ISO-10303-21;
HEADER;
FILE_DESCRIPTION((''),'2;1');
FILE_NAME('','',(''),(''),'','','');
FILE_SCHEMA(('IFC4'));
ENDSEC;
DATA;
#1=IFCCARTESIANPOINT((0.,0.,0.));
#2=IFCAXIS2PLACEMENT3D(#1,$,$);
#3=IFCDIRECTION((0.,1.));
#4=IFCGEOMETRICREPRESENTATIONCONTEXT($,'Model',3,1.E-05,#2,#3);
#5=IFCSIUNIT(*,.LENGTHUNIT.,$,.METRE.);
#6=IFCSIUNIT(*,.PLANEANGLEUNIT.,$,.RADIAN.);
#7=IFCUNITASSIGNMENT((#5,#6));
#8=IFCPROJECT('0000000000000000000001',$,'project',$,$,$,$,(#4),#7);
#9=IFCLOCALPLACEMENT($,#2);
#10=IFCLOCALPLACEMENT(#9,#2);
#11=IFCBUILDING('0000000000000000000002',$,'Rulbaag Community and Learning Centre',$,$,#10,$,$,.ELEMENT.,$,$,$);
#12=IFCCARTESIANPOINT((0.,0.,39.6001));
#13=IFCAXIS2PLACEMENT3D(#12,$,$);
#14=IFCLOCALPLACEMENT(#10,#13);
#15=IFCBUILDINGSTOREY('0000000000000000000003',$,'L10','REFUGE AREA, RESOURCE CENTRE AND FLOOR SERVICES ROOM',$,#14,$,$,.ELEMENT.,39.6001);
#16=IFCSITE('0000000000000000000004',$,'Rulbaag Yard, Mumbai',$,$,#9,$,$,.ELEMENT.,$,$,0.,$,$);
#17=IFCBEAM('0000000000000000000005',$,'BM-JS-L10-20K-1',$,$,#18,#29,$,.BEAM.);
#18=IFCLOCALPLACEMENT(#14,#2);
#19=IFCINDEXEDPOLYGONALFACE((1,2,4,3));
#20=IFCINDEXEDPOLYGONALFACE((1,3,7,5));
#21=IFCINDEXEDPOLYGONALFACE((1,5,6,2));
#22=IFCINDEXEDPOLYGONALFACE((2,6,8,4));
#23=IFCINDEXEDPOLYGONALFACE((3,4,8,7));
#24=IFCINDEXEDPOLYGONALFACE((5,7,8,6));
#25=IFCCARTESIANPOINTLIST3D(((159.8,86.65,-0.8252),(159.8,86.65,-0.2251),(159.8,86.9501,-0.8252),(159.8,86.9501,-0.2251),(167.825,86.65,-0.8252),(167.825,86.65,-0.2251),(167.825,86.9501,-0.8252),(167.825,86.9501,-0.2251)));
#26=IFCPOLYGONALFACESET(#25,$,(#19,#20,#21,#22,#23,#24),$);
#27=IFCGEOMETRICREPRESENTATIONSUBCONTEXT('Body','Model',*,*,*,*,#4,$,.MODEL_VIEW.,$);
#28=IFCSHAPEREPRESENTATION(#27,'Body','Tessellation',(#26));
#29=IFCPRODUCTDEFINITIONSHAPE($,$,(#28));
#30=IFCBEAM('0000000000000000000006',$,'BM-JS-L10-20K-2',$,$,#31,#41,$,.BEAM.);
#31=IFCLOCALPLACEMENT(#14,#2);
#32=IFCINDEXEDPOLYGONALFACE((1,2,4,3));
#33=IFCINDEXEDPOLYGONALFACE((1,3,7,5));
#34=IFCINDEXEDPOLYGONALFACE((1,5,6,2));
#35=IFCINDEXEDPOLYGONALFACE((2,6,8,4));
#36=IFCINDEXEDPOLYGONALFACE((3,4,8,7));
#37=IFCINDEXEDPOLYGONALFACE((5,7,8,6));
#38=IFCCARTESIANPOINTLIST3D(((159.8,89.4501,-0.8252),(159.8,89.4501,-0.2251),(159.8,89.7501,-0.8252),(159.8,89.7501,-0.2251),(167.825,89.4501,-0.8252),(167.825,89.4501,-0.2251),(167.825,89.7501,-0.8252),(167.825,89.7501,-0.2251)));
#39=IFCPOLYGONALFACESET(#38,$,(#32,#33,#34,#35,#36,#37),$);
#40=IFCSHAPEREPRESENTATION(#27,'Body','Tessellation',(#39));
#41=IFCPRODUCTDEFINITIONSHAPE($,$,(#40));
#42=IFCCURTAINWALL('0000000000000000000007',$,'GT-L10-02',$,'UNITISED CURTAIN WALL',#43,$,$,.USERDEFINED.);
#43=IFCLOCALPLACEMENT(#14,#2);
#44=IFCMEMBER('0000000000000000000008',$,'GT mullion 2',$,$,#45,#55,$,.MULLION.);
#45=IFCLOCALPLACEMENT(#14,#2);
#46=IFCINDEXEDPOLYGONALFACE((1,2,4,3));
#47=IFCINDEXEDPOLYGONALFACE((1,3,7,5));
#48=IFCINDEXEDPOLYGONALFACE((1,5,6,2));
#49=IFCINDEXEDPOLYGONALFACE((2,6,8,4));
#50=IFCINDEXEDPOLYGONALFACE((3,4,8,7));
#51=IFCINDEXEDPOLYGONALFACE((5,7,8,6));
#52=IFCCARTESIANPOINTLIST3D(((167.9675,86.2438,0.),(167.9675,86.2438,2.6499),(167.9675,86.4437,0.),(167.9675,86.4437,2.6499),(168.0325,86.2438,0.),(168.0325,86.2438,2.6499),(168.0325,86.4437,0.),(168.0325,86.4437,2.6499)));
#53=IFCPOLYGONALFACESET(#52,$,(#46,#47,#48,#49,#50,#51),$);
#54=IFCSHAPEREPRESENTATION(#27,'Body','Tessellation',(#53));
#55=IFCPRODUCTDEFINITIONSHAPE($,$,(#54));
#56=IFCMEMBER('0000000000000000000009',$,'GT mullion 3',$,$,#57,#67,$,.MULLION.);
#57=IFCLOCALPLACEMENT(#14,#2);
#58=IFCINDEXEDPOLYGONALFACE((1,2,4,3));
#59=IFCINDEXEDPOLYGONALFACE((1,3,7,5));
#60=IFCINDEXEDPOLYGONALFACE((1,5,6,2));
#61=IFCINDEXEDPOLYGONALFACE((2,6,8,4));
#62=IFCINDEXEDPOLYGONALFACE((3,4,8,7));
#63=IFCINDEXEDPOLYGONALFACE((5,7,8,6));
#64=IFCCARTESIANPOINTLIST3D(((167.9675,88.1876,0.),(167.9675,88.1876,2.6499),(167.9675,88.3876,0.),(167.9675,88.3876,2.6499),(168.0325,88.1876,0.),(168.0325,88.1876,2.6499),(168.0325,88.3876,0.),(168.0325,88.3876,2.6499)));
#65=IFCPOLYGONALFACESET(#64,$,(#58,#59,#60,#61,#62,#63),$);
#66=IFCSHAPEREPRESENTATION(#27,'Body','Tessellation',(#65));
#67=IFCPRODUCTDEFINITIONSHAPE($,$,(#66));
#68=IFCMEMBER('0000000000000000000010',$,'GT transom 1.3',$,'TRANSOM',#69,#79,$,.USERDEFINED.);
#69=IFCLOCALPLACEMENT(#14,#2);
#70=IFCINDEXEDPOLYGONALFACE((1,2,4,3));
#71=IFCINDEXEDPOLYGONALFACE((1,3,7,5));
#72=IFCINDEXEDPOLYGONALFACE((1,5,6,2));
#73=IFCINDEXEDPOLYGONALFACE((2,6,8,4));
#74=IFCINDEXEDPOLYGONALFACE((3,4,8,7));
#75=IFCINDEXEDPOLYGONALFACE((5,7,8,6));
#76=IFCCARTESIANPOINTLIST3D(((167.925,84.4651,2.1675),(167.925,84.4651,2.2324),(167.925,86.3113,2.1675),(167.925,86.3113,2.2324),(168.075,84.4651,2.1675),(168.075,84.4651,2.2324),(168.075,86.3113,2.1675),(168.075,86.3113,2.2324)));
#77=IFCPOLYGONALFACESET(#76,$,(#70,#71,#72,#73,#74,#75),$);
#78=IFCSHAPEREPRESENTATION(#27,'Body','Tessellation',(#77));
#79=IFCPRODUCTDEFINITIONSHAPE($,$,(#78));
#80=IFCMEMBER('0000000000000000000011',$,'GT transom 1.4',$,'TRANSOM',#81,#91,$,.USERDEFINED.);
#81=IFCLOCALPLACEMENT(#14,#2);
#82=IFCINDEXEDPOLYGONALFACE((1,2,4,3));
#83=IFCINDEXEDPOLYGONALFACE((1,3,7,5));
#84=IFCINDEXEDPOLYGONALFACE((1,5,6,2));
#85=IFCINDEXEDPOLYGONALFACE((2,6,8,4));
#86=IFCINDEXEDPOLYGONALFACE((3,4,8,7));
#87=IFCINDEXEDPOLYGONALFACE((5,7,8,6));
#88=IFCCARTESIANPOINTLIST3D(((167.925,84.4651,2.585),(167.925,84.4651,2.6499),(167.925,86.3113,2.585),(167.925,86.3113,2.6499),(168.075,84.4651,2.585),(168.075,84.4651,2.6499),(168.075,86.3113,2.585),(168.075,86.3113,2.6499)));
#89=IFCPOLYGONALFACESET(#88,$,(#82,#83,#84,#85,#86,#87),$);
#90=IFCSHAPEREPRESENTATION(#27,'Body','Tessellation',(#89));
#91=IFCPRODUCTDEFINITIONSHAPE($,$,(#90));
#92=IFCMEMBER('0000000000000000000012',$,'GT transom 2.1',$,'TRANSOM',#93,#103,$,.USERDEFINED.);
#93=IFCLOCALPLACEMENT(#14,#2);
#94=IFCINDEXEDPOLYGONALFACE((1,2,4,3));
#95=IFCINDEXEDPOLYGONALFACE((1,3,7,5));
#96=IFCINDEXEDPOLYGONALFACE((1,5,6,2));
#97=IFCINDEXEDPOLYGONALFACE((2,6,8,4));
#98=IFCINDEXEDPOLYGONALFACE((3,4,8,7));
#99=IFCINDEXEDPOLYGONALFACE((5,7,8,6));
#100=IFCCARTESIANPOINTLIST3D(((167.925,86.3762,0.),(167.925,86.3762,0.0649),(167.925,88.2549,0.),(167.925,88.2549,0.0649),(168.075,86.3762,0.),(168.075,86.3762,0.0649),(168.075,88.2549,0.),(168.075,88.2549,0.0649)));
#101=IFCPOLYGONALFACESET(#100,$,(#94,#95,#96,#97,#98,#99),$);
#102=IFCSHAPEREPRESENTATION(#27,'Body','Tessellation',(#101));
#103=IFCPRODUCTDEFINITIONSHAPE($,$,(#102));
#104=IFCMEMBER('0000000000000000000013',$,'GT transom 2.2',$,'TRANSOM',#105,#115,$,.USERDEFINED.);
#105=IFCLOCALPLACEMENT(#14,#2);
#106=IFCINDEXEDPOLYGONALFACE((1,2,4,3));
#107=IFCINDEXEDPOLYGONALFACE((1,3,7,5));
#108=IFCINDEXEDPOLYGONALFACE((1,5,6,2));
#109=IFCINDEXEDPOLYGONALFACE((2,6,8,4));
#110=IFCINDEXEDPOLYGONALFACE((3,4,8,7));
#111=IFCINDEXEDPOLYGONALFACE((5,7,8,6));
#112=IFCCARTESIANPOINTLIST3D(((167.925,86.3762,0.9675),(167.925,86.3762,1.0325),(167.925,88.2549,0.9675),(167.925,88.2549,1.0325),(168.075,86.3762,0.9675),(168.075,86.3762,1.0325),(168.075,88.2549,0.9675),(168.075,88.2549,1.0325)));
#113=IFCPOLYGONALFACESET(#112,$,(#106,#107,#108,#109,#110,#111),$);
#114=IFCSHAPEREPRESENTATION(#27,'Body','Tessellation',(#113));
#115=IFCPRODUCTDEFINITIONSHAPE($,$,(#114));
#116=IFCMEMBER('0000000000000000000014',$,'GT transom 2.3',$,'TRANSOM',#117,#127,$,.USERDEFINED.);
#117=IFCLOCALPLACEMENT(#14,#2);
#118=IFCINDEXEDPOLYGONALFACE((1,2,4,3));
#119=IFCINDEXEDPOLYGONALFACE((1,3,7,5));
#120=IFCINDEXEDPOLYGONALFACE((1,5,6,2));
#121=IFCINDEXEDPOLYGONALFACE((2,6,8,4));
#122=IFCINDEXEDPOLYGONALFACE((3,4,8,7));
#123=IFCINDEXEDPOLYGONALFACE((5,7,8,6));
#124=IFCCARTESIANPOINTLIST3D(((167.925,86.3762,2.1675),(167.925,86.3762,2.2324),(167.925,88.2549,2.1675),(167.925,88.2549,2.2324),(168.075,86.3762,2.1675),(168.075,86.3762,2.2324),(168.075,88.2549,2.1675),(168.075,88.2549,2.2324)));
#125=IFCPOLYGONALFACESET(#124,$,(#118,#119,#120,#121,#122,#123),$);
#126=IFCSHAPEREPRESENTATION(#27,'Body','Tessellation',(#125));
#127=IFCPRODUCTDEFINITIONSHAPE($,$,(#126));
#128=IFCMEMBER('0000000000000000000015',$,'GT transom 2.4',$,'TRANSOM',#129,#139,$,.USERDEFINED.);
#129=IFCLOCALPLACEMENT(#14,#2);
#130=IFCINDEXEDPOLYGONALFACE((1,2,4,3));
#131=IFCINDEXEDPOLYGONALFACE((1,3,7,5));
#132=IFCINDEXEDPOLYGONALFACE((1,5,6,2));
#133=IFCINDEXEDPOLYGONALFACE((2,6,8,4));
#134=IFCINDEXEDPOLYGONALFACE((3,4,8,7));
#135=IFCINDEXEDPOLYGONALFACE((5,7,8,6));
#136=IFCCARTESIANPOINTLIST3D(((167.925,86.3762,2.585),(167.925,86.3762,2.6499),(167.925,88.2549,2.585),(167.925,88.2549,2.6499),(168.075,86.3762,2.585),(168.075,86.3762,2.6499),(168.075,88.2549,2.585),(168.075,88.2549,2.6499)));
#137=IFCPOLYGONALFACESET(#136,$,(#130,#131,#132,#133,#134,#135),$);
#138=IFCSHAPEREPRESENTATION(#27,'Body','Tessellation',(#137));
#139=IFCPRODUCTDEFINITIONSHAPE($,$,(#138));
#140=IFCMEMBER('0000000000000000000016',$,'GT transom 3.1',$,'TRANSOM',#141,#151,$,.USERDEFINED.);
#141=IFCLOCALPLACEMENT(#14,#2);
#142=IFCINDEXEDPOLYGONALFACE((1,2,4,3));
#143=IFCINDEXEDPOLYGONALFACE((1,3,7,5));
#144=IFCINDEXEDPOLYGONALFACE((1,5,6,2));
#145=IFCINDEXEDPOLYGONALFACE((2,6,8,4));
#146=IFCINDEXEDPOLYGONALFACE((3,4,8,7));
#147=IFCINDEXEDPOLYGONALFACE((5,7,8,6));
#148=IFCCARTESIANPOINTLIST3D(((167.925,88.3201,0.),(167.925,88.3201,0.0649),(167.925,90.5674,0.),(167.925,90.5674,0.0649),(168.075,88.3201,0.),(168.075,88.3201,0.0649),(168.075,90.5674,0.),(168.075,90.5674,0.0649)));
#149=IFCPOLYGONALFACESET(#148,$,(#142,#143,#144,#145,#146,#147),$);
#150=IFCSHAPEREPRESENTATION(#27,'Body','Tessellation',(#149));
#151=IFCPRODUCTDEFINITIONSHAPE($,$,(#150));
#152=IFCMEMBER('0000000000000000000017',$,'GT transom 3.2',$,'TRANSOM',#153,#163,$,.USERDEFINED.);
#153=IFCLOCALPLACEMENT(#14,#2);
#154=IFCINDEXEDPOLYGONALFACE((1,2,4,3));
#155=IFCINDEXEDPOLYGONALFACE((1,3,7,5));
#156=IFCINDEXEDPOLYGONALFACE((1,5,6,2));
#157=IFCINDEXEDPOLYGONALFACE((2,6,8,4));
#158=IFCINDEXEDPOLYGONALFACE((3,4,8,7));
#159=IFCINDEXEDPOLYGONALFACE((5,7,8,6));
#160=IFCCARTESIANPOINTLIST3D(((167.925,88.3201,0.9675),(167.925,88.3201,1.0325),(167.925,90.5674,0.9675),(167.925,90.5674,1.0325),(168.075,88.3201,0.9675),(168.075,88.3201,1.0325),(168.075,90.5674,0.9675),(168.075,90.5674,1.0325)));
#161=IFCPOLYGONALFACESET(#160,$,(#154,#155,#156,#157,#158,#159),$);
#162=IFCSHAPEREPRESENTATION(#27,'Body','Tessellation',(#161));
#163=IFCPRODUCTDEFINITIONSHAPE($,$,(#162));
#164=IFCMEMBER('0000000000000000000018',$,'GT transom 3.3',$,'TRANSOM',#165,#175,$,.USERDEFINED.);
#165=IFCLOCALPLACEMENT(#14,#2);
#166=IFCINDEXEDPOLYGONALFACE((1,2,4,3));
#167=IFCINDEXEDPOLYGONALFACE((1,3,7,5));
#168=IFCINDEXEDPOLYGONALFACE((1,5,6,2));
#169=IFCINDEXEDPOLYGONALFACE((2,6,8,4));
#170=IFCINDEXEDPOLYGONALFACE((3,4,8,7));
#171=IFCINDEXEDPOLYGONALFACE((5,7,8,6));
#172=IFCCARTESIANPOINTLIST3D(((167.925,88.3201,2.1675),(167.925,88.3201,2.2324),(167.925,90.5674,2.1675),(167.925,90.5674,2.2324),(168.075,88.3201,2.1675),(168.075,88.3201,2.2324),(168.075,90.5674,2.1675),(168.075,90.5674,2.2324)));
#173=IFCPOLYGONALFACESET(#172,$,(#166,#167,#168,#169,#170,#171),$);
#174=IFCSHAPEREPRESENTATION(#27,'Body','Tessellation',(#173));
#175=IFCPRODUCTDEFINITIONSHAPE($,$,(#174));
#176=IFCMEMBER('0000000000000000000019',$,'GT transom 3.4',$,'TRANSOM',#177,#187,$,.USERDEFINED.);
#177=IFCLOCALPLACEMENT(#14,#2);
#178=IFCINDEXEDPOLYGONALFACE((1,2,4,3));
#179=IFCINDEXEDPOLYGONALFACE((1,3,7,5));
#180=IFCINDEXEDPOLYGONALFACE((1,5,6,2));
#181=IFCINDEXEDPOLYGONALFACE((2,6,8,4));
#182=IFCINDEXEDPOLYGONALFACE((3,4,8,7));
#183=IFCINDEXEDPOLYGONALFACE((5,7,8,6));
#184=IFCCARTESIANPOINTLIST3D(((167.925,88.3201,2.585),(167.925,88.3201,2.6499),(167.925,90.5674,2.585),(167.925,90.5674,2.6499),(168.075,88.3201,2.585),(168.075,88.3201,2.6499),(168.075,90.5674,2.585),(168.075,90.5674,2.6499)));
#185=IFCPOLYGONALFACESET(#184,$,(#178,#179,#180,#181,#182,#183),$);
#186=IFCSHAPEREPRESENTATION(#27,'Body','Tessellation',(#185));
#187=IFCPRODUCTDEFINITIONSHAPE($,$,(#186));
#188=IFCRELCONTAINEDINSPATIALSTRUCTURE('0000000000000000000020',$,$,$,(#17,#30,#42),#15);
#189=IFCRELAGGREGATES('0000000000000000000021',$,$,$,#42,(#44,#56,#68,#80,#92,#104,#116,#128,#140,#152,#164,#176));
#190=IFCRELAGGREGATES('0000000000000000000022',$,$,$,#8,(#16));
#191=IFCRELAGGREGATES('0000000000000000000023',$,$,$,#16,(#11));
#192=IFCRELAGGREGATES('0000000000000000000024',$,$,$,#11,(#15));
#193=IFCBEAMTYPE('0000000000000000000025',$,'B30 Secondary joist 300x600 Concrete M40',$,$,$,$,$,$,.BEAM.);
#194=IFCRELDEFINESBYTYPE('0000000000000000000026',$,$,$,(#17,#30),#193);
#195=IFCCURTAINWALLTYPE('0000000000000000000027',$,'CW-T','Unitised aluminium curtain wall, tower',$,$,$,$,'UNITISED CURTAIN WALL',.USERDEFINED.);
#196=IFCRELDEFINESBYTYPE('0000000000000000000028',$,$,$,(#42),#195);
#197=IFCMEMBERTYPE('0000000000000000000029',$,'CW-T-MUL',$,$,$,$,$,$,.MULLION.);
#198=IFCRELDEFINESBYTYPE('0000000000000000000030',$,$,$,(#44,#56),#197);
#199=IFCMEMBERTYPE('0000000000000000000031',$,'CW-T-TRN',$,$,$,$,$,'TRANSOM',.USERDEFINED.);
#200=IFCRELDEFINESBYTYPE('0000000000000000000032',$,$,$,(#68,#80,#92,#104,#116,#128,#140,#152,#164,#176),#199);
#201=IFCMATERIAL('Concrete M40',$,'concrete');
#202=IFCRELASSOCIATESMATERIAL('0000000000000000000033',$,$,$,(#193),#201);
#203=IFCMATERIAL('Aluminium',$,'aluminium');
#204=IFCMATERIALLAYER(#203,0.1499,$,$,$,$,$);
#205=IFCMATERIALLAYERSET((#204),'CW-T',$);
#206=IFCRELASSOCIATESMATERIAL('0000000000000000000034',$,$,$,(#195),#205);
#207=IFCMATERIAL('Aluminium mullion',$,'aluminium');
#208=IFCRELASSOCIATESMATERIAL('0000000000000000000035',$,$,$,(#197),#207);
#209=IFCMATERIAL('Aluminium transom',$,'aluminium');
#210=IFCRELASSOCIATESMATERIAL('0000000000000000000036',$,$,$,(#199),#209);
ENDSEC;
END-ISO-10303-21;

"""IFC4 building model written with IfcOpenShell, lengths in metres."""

from ifc_helpers import new_model, si_unit, direction, frame, origin, origin_2d, place, context, subcontext, project, spatial, rectangle, extrude, material, layer, layer_set, material_profile, profile_set, type_object, element, aggregate, save


model = new_model("IFC4")

# Units and contexts
model_context = context("Model", 3, precision=1e-05, world=origin(), true_north=direction((0.0, 1.0)))
body_context = subcontext(model_context, "Body", "Model", "MODEL_VIEW")
ifc_project = project(units=[si_unit("LENGTHUNIT", "METRE"), si_unit("PLANEANGLEUNIT", "RADIAN")], contexts=[model_context])

# Site, building, storey
site_placement = place(None, origin())
site = spatial("IfcSite", under=ifc_project, at=site_placement, Name="Rulbaag Yard, Mumbai", CompositionType="ELEMENT", RefElevation=0.0)
building_placement = place(site_placement, origin())
building = spatial("IfcBuilding", under=site, at=building_placement, Name="Rulbaag Community and Learning Centre", CompositionType="ELEMENT")
storey_placement = place(building_placement, frame((0.0, 0.0, 39.6001)))
storey = spatial("IfcBuildingStorey", under=building, at=storey_placement, Name="L10", Description="REFUGE AREA, RESOURCE CENTRE AND FLOOR SERVICES ROOM", CompositionType="ELEMENT", Elevation=39.6001)

# Beams
ifc_material_1 = material(Name="Concrete M40", Category="concrete")
ifc_material_profile_1 = material_profile(ifc_material_1, rectangle(XDim=0.3, YDim=0.6001, at=origin_2d()), Name="RB300x600")
ifc_profile_set_1 = profile_set([ifc_material_profile_1], Name="Concrete M40")
beam_type = type_object("IfcBeamType", Name="B30 Secondary joist 300x600 Concrete M40", PredefinedType="BEAM", material=ifc_profile_set_1)
for number, where, z_axis, x_axis, name in (
    (1, (159.8, 86.8, -0.5251), (1.0, 0.0, 0.0), (0.0, 1.0, 0.0), "BM-JS-L10-20K-1"),
    (2, (159.8, 89.6001, -0.5251), (1.0, 0.0, 0.0), (0.0, 1.0, 0.0), "BM-JS-L10-20K-2"),
):
    element("IfcBeam", number, at=place(storey_placement, frame(where, z_axis=z_axis, x_axis=x_axis)), inside=storey, type_object=beam_type, Name=name, PredefinedType="BEAM", context=body_context, shape_type="SweptSolid", body=[
        extrude(rectangle(XDim=0.3, YDim=0.6001, at=origin_2d()), origin(), (0.0, 0.0, 1.0), 8.0249),
    ])

# Curtain wall, members
ifc_material_2 = material(Name="Aluminium", Category="aluminium")
ifc_layer_1 = layer(ifc_material_2, 0.1499)
ifc_layer_set_1 = layer_set([ifc_layer_1], Name="CW-T")
curtain_wall_type = type_object("IfcCurtainWallType", Name="CW-T", Description="Unitised aluminium curtain wall, tower", ElementType="UNITISED CURTAIN WALL", PredefinedType="USERDEFINED", material=ifc_layer_set_1)
curtain_wall_placement = place(storey_placement, origin())
curtain_wall = element("IfcCurtainWall", 3, at=curtain_wall_placement, inside=storey, type_object=curtain_wall_type, Name="GT-L10-02", ObjectType="UNITISED CURTAIN WALL", PredefinedType="USERDEFINED")
ifc_material_3 = material(Name="Aluminium mullion", Category="aluminium")
ifc_material_profile_2 = material_profile(ifc_material_3, rectangle(XDim=0.0649, YDim=0.2, at=origin_2d()), Name="AL 65x200")
ifc_profile_set_2 = profile_set([ifc_material_profile_2], Name="Aluminium mullion")
member_type_1 = type_object("IfcMemberType", Name="CW-T-MUL", PredefinedType="MULLION", material=ifc_profile_set_2)
member_1_placement = place(storey_placement, frame((168.0, 86.3438, 0.0), z_axis=(0.0, 0.0, 1.0), x_axis=(-1.0, 0.0, 0.0)))
member_1 = element("IfcMember", 4, at=member_1_placement, type_object=member_type_1, Name="GT mullion 2", PredefinedType="MULLION", context=body_context, shape_type="SweptSolid", body=[
    extrude(rectangle(XDim=0.0649, YDim=0.2, at=origin_2d()), origin(), (0.0, 0.0, 1.0), 2.6499),
])
member_2_placement = place(storey_placement, frame((168.0, 88.2876, 0.0), z_axis=(0.0, 0.0, 1.0), x_axis=(-1.0, 0.0, 0.0)))
member_2 = element("IfcMember", 5, at=member_2_placement, type_object=member_type_1, Name="GT mullion 3", PredefinedType="MULLION", context=body_context, shape_type="SweptSolid", body=[
    extrude(rectangle(XDim=0.0649, YDim=0.2, at=origin_2d()), origin(), (0.0, 0.0, 1.0), 2.6499),
])
ifc_material_4 = material(Name="Aluminium transom", Category="aluminium")
ifc_material_profile_3 = material_profile(ifc_material_4, rectangle(XDim=0.1499, YDim=0.0649, at=origin_2d()), Name="AL 65x150 T")
ifc_profile_set_3 = profile_set([ifc_material_profile_3], Name="Aluminium transom")
member_type_2 = type_object("IfcMemberType", Name="CW-T-TRN", ElementType="TRANSOM", PredefinedType="USERDEFINED", material=ifc_profile_set_3)
member_3_placement = place(storey_placement, frame((168.0, 84.4651, 2.2), z_axis=(0.0, 1.0, 0.0), x_axis=(-1.0, 0.0, 0.0)))
member_3 = element("IfcMember", 6, at=member_3_placement, type_object=member_type_2, Name="GT transom 1.3", ObjectType="TRANSOM", PredefinedType="USERDEFINED", context=body_context, shape_type="SweptSolid", body=[
    extrude(rectangle(XDim=0.1499, YDim=0.0649, at=origin_2d()), origin(), (0.0, 0.0, 1.0), 1.8462),
])
member_4_placement = place(storey_placement, frame((168.0, 84.4651, 2.6174), z_axis=(0.0, 1.0, 0.0), x_axis=(-1.0, 0.0, 0.0)))
member_4 = element("IfcMember", 7, at=member_4_placement, type_object=member_type_2, Name="GT transom 1.4", ObjectType="TRANSOM", PredefinedType="USERDEFINED", context=body_context, shape_type="SweptSolid", body=[
    extrude(rectangle(XDim=0.1499, YDim=0.0649, at=origin_2d()), origin(), (0.0, 0.0, 1.0), 1.8462),
])
member_5_placement = place(storey_placement, frame((168.0, 86.3762, 0.0325), z_axis=(0.0, 1.0, 0.0), x_axis=(-1.0, 0.0, 0.0)))
member_5 = element("IfcMember", 8, at=member_5_placement, type_object=member_type_2, Name="GT transom 2.1", ObjectType="TRANSOM", PredefinedType="USERDEFINED", context=body_context, shape_type="SweptSolid", body=[
    extrude(rectangle(XDim=0.1499, YDim=0.0649, at=origin_2d()), origin(), (0.0, 0.0, 1.0), 1.8787),
])
member_6_placement = place(storey_placement, frame((168.0, 86.3762, 1.0), z_axis=(0.0, 1.0, 0.0), x_axis=(-1.0, 0.0, 0.0)))
member_6 = element("IfcMember", 9, at=member_6_placement, type_object=member_type_2, Name="GT transom 2.2", ObjectType="TRANSOM", PredefinedType="USERDEFINED", context=body_context, shape_type="SweptSolid", body=[
    extrude(rectangle(XDim=0.1499, YDim=0.0649, at=origin_2d()), origin(), (0.0, 0.0, 1.0), 1.8787),
])
member_7_placement = place(storey_placement, frame((168.0, 86.3762, 2.2), z_axis=(0.0, 1.0, 0.0), x_axis=(-1.0, 0.0, 0.0)))
member_7 = element("IfcMember", 10, at=member_7_placement, type_object=member_type_2, Name="GT transom 2.3", ObjectType="TRANSOM", PredefinedType="USERDEFINED", context=body_context, shape_type="SweptSolid", body=[
    extrude(rectangle(XDim=0.1499, YDim=0.0649, at=origin_2d()), origin(), (0.0, 0.0, 1.0), 1.8787),
])
member_8_placement = place(storey_placement, frame((168.0, 86.3762, 2.6174), z_axis=(0.0, 1.0, 0.0), x_axis=(-1.0, 0.0, 0.0)))
member_8 = element("IfcMember", 11, at=member_8_placement, type_object=member_type_2, Name="GT transom 2.4", ObjectType="TRANSOM", PredefinedType="USERDEFINED", context=body_context, shape_type="SweptSolid", body=[
    extrude(rectangle(XDim=0.1499, YDim=0.0649, at=origin_2d()), origin(), (0.0, 0.0, 1.0), 1.8787),
])
member_9_placement = place(storey_placement, frame((168.0, 88.3201, 0.0325), z_axis=(0.0, 1.0, 0.0), x_axis=(-1.0, 0.0, 0.0)))
member_9 = element("IfcMember", 12, at=member_9_placement, type_object=member_type_2, Name="GT transom 3.1", ObjectType="TRANSOM", PredefinedType="USERDEFINED", context=body_context, shape_type="SweptSolid", body=[
    extrude(rectangle(XDim=0.1499, YDim=0.0649, at=origin_2d()), origin(), (0.0, 0.0, 1.0), 2.2473),
])
member_10_placement = place(storey_placement, frame((168.0, 88.3201, 1.0), z_axis=(0.0, 1.0, 0.0), x_axis=(-1.0, 0.0, 0.0)))
member_10 = element("IfcMember", 13, at=member_10_placement, type_object=member_type_2, Name="GT transom 3.2", ObjectType="TRANSOM", PredefinedType="USERDEFINED", context=body_context, shape_type="SweptSolid", body=[
    extrude(rectangle(XDim=0.1499, YDim=0.0649, at=origin_2d()), origin(), (0.0, 0.0, 1.0), 2.2473),
])
member_11_placement = place(storey_placement, frame((168.0, 88.3201, 2.2), z_axis=(0.0, 1.0, 0.0), x_axis=(-1.0, 0.0, 0.0)))
member_11 = element("IfcMember", 14, at=member_11_placement, type_object=member_type_2, Name="GT transom 3.3", ObjectType="TRANSOM", PredefinedType="USERDEFINED", context=body_context, shape_type="SweptSolid", body=[
    extrude(rectangle(XDim=0.1499, YDim=0.0649, at=origin_2d()), origin(), (0.0, 0.0, 1.0), 2.2473),
])
member_12_placement = place(storey_placement, frame((168.0, 88.3201, 2.6174), z_axis=(0.0, 1.0, 0.0), x_axis=(-1.0, 0.0, 0.0)))
member_12 = element("IfcMember", 15, at=member_12_placement, type_object=member_type_2, Name="GT transom 3.4", ObjectType="TRANSOM", PredefinedType="USERDEFINED", context=body_context, shape_type="SweptSolid", body=[
    extrude(rectangle(XDim=0.1499, YDim=0.0649, at=origin_2d()), origin(), (0.0, 0.0, 1.0), 2.2473),
])
aggregate(curtain_wall, [member_1, member_2, member_3, member_4, member_5, member_6, member_7, member_8, member_9, member_10, member_11, member_12])

save(model, "model.ifc")
